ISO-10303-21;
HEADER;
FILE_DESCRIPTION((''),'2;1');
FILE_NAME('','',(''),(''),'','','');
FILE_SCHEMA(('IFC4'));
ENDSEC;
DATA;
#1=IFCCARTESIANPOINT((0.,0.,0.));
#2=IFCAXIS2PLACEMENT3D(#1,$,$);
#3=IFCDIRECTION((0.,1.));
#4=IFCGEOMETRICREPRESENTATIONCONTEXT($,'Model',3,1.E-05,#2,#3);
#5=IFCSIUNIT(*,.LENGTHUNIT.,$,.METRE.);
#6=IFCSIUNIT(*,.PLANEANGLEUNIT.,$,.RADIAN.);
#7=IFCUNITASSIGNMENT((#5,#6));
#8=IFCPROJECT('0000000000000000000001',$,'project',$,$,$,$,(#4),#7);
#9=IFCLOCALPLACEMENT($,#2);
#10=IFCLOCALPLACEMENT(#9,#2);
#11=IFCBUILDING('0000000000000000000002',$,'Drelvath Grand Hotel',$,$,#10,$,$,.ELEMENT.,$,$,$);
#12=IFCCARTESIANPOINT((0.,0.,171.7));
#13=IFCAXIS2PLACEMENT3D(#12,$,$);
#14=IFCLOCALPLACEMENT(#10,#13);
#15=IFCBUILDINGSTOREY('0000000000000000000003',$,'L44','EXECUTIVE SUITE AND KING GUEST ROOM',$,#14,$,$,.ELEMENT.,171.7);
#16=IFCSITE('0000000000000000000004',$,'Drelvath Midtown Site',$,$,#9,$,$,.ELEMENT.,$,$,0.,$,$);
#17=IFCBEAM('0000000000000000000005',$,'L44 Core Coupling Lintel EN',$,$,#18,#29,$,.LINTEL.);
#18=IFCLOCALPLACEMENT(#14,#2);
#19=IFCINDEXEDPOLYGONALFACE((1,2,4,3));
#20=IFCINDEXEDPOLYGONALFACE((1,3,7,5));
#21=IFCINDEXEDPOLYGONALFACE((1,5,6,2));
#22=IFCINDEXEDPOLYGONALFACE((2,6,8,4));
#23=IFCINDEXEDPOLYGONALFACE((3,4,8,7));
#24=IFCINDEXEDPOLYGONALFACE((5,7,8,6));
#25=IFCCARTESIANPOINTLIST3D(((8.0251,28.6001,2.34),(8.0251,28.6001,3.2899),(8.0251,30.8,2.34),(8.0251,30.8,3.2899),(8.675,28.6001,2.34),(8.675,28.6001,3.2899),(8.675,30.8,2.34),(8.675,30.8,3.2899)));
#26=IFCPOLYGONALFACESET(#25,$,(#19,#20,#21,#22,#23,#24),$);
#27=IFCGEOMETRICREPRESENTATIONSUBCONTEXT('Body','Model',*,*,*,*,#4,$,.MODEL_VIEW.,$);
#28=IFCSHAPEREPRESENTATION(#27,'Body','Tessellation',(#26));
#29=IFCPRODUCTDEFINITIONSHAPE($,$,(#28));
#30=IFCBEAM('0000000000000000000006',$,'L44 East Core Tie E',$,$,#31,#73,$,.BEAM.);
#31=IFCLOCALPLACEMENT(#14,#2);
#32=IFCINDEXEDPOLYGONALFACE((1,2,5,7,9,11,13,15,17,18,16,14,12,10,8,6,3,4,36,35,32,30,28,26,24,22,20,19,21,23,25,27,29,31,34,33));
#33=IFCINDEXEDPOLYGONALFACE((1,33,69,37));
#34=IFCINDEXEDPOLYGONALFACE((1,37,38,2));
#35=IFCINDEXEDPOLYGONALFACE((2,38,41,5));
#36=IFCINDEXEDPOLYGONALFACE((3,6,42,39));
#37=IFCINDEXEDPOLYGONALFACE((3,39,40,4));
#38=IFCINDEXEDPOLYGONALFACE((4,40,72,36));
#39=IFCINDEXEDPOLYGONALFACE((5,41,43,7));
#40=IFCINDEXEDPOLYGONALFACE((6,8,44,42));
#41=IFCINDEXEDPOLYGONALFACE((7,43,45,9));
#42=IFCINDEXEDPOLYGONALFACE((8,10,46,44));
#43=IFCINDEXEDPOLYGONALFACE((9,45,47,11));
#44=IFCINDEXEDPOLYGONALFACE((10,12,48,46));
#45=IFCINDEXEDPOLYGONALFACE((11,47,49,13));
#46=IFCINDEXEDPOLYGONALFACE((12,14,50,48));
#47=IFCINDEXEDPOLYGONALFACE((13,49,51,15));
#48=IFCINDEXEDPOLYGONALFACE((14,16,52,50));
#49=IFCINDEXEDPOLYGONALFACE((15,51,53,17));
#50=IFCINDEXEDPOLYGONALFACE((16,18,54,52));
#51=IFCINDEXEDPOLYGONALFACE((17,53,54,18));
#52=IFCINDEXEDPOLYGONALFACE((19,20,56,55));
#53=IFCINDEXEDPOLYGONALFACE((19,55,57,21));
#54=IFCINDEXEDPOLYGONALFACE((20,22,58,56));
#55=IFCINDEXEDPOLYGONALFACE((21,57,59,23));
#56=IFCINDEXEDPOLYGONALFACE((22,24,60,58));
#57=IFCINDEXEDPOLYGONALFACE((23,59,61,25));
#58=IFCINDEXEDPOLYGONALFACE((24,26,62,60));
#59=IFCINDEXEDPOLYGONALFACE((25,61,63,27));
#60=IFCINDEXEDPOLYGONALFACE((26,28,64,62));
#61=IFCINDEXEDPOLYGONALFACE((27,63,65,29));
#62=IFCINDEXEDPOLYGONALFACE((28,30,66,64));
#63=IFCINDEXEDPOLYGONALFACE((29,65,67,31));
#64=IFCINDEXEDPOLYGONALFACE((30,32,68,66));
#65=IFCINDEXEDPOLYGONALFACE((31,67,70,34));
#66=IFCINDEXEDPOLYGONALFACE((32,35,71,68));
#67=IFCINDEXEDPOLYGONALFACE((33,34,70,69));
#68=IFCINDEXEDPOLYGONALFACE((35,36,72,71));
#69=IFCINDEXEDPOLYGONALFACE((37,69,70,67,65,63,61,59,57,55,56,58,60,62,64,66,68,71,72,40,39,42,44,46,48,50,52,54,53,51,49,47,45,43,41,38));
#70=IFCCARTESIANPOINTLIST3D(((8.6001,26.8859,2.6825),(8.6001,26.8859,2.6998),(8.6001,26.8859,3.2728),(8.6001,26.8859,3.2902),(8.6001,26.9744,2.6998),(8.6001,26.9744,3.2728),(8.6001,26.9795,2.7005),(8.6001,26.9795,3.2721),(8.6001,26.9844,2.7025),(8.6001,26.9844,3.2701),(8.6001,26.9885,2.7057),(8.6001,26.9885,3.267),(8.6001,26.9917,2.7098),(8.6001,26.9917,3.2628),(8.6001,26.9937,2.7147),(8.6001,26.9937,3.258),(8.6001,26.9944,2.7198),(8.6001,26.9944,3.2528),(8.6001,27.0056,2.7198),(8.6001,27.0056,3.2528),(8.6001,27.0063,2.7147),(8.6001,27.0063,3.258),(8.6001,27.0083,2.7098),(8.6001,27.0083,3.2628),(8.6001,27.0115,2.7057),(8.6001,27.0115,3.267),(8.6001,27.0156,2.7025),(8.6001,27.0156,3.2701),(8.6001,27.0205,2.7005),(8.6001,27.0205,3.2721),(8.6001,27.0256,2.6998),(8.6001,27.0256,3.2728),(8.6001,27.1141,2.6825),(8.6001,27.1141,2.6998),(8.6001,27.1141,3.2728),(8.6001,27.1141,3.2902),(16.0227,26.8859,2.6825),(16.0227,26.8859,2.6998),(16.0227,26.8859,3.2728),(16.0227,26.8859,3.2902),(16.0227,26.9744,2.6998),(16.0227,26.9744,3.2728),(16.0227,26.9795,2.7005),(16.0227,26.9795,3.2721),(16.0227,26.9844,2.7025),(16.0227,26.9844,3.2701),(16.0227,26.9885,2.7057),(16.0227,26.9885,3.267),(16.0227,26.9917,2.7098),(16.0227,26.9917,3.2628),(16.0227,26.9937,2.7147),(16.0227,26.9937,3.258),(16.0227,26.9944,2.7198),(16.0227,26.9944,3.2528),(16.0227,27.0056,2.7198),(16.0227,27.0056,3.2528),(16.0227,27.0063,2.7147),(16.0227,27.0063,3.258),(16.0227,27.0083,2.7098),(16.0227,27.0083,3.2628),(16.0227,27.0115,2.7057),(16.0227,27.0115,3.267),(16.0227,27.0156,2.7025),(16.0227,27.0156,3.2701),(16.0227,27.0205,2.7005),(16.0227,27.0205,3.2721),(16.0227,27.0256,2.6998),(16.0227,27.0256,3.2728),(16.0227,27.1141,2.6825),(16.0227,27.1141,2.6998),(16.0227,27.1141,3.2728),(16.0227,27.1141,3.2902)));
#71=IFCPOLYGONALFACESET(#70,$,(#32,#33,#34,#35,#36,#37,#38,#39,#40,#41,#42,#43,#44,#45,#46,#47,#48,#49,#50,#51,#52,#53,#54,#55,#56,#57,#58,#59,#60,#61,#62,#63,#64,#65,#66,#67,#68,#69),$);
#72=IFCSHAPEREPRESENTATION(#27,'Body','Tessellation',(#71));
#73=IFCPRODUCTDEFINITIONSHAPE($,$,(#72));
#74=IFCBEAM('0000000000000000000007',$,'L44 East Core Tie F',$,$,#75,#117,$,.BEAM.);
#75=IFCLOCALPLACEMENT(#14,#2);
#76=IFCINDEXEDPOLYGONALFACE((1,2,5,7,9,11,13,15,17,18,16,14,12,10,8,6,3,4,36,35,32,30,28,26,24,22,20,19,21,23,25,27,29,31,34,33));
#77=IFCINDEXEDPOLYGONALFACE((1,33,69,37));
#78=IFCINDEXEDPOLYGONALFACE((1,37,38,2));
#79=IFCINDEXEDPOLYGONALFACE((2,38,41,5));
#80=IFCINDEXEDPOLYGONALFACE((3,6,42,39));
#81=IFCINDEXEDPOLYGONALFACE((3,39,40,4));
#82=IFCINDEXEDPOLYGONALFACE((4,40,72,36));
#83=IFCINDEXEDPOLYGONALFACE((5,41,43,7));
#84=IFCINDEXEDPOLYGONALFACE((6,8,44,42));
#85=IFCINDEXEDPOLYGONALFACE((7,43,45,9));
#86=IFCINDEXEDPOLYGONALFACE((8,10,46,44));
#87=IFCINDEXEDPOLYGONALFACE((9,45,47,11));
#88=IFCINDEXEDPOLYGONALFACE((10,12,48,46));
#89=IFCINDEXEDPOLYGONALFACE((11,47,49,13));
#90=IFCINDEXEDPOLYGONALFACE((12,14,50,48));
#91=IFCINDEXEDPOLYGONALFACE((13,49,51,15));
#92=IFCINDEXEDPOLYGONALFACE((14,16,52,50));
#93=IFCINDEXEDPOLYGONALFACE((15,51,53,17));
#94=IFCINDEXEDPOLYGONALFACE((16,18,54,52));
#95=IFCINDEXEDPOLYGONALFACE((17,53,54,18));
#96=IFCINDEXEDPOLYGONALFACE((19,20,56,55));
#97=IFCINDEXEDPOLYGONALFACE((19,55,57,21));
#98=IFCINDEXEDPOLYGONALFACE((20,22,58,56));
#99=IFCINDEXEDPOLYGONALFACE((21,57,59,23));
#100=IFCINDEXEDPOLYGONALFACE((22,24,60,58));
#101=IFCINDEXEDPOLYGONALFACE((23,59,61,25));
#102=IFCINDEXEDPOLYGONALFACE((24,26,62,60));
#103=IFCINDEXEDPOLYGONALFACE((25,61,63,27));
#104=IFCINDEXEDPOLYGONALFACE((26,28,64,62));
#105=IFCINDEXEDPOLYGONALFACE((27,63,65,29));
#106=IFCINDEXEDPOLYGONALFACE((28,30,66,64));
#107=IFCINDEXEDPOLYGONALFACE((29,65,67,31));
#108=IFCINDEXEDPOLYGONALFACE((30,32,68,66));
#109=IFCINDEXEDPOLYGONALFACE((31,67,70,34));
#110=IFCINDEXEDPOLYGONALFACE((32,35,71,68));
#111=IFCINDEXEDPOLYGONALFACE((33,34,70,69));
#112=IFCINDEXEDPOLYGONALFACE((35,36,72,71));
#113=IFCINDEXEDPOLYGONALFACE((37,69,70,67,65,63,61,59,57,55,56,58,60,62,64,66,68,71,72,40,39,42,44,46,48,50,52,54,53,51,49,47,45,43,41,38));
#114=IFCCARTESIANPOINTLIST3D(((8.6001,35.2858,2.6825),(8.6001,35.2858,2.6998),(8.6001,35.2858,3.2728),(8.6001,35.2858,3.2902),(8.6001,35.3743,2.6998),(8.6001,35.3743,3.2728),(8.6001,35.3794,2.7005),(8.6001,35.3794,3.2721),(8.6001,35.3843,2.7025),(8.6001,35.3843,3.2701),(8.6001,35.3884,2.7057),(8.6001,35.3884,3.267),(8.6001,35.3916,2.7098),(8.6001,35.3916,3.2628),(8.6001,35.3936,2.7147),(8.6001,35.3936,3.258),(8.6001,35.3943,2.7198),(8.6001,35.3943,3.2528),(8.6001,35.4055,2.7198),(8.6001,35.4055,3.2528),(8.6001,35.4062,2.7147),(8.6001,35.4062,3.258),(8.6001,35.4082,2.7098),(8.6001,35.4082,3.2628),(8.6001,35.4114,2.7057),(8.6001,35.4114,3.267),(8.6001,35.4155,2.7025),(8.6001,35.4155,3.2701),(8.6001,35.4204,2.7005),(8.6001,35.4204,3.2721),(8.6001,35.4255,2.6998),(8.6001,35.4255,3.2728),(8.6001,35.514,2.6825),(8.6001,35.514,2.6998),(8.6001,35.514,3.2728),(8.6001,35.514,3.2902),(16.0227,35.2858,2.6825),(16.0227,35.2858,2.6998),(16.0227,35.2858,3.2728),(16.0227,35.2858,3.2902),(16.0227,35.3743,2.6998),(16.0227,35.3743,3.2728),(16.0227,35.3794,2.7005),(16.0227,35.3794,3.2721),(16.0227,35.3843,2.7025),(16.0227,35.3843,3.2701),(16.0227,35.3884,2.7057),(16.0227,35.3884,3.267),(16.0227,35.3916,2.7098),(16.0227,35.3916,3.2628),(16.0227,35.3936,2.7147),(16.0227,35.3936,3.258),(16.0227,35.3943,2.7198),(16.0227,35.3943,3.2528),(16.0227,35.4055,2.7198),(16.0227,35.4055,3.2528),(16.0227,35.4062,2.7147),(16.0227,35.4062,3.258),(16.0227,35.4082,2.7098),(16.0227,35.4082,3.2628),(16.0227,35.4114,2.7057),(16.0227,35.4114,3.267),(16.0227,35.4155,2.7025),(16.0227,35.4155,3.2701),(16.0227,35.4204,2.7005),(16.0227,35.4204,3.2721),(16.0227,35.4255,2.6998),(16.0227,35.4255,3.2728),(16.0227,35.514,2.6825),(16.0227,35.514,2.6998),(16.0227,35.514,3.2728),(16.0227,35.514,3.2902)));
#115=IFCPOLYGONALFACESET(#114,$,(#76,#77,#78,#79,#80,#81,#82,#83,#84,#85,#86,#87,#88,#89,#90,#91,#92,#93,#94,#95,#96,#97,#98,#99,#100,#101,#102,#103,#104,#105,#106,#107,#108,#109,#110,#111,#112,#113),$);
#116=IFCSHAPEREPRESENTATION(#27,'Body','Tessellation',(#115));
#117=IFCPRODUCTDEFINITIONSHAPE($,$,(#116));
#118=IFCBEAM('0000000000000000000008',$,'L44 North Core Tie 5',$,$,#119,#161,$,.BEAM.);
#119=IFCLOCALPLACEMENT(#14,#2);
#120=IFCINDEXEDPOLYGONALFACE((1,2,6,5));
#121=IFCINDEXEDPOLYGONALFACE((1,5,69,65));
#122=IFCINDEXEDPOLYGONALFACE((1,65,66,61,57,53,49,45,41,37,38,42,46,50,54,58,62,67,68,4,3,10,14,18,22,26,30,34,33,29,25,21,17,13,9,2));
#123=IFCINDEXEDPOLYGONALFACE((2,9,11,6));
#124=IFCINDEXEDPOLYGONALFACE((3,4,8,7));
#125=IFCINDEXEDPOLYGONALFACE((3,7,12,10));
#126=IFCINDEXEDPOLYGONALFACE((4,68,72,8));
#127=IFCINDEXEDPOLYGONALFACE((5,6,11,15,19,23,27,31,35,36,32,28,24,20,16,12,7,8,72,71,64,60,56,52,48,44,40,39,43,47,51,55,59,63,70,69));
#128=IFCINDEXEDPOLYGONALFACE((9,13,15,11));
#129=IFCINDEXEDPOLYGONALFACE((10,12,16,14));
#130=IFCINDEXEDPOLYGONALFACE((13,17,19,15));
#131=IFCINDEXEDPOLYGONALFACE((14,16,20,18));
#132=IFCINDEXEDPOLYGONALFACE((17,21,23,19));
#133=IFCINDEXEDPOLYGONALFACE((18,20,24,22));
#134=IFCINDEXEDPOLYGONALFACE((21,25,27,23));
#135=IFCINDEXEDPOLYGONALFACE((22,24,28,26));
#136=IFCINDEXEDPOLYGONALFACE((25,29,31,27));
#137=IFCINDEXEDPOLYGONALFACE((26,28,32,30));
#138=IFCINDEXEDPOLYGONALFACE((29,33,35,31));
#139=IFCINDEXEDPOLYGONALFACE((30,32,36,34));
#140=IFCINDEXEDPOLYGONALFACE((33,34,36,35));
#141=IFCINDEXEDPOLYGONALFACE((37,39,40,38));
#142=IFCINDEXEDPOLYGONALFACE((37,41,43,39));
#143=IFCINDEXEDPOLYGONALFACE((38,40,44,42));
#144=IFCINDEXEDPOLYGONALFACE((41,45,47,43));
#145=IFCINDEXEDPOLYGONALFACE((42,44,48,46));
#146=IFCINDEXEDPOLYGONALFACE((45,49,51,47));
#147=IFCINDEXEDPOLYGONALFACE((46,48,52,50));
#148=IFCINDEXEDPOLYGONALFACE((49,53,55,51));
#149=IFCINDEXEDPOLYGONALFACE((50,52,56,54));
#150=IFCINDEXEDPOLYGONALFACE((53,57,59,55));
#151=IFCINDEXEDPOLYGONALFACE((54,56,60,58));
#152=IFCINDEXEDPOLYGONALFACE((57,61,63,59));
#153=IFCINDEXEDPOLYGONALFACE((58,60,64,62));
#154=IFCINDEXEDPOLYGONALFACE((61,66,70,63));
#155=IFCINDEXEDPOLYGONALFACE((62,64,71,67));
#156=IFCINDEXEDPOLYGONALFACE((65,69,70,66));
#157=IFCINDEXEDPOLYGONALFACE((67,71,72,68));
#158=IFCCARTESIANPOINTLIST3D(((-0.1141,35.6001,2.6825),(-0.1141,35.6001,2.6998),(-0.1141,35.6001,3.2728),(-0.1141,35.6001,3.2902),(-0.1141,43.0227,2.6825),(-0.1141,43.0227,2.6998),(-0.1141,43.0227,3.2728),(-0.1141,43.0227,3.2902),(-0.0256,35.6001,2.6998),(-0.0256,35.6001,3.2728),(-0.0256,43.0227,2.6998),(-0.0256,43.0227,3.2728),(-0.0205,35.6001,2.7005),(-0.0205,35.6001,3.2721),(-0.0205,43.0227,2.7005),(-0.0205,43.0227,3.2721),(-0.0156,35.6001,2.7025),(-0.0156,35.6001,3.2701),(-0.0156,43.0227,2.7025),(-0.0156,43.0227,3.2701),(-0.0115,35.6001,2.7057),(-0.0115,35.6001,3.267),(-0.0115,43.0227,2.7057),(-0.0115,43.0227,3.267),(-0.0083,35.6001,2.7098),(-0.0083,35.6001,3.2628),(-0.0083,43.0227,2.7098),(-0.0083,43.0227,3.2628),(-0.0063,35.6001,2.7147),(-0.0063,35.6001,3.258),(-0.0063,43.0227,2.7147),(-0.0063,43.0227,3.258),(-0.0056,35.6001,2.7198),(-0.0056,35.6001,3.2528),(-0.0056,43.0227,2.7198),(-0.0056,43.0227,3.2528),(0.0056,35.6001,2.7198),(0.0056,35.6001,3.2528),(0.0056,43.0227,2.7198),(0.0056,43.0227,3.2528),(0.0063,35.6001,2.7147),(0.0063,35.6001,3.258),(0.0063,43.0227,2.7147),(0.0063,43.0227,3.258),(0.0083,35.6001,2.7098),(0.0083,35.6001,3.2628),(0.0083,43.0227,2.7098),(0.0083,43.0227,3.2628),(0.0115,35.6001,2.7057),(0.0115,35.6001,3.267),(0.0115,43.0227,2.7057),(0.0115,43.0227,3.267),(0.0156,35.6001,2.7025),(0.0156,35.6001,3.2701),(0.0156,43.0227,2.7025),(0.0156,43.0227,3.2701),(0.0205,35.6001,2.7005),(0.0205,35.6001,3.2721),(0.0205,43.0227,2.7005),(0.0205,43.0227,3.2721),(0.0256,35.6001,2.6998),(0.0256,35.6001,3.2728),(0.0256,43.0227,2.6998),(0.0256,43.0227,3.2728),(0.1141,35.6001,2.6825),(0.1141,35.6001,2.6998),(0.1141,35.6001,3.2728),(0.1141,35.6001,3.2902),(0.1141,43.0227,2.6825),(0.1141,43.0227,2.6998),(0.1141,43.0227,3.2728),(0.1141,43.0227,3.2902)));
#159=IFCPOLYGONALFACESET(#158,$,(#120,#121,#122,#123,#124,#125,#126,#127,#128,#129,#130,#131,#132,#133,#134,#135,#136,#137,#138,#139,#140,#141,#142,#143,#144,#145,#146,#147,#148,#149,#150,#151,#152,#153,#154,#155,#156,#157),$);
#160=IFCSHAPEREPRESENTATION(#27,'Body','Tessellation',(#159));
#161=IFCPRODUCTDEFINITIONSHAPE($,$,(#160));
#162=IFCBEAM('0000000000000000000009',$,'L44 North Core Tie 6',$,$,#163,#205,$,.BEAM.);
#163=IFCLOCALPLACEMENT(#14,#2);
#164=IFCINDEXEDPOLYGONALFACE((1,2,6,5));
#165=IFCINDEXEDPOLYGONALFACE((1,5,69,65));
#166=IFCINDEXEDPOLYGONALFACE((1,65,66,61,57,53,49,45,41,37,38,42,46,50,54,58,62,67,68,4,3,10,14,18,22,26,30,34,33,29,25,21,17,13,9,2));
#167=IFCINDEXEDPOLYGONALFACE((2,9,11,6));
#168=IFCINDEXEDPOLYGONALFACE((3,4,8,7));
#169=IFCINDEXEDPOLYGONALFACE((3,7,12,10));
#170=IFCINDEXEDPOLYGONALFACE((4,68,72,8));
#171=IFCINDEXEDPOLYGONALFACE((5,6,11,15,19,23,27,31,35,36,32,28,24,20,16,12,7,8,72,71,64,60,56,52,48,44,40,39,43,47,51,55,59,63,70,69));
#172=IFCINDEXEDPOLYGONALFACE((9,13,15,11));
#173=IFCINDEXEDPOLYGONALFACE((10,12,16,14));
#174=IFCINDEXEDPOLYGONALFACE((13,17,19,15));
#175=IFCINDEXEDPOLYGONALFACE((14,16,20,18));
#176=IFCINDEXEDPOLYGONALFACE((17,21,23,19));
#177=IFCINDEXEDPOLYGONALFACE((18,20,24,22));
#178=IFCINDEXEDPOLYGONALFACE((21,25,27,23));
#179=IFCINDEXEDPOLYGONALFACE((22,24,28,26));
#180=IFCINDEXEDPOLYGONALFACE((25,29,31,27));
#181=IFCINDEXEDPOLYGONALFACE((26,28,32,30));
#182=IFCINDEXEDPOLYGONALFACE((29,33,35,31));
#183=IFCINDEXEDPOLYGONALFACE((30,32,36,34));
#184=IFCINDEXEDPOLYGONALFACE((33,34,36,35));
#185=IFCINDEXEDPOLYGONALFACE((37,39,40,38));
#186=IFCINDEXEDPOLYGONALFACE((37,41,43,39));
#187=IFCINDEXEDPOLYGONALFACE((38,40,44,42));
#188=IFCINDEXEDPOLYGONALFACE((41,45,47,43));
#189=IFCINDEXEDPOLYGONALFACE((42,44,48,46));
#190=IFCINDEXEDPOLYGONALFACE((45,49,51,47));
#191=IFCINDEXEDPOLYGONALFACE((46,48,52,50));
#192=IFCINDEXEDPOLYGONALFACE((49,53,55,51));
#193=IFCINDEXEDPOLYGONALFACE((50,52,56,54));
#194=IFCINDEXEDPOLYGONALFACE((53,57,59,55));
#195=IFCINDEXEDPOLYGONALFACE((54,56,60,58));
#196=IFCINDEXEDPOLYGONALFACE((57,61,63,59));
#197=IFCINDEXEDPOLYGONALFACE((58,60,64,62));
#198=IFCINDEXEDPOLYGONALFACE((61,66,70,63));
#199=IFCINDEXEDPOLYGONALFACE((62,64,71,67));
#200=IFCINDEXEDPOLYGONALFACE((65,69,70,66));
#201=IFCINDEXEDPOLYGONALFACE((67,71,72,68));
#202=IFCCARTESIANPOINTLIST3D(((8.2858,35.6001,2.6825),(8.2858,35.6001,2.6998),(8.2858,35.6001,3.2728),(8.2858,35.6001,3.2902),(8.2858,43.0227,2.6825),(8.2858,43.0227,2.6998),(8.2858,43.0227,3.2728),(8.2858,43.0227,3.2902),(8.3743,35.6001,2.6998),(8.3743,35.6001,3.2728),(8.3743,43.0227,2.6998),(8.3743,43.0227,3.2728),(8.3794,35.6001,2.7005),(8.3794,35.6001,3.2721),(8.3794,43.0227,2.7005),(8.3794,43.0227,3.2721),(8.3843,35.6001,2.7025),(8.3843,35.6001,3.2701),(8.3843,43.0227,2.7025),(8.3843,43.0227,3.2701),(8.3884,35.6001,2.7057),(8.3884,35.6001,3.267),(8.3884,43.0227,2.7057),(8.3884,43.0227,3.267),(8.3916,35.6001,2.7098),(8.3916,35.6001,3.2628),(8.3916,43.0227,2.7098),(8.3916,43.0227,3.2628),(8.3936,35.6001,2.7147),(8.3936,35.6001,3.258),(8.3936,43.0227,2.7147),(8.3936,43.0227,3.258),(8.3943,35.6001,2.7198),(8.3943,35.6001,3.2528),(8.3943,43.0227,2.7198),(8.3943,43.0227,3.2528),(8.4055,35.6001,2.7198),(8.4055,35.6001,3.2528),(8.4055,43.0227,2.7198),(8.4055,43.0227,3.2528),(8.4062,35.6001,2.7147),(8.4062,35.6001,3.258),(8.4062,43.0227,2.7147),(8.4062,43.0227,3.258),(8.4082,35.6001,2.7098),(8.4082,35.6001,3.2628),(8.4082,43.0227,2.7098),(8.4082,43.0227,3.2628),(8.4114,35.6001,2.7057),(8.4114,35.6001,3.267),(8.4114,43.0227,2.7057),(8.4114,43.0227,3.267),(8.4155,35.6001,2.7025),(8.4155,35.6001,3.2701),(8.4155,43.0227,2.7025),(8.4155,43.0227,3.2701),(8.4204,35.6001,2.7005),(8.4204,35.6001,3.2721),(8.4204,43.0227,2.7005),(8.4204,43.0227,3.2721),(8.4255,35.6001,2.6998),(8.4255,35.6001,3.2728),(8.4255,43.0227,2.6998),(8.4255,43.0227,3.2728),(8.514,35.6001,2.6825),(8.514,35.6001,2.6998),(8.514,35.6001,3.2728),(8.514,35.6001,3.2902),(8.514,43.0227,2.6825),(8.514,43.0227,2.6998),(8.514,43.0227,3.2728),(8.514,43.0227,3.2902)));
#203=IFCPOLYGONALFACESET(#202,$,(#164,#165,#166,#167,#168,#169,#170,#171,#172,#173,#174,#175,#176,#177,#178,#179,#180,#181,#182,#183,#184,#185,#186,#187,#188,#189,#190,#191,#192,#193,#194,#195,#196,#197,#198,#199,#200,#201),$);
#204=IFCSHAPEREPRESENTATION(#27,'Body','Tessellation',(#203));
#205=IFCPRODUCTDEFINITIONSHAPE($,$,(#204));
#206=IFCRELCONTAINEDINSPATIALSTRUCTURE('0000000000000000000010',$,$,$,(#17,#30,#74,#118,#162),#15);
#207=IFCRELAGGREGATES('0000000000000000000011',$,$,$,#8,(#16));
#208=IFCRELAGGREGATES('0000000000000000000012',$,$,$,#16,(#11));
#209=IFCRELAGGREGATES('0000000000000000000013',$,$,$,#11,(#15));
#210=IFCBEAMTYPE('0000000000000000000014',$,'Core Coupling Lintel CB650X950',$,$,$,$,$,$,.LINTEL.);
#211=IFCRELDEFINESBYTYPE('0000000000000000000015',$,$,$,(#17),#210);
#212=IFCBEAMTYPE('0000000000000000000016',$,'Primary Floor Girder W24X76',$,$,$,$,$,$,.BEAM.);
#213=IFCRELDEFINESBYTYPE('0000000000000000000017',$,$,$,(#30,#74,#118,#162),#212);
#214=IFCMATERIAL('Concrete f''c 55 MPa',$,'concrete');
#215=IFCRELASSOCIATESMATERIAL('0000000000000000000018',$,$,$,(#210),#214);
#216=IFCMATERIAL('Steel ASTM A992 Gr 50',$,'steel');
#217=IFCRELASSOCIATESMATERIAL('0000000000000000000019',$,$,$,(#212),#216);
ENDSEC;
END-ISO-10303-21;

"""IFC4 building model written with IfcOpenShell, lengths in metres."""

from ifc_helpers import new_model, si_unit, direction, frame, origin, origin_2d, place, context, subcontext, project, spatial, rectangle, i_section, extrude, material, material_profile, profile_set, type_object, element, save


model = new_model("IFC4")

# Units and contexts
model_context = context("Model", 3, precision=1e-05, world=origin(), true_north=direction((0.0, 1.0)))
body_context = subcontext(model_context, "Body", "Model", "MODEL_VIEW")
ifc_project = project(units=[si_unit("LENGTHUNIT", "METRE"), si_unit("PLANEANGLEUNIT", "RADIAN")], contexts=[model_context])

# Site, building, storey
site_placement = place(None, origin())
site = spatial("IfcSite", under=ifc_project, at=site_placement, Name="Drelvath Midtown Site", CompositionType="ELEMENT", RefElevation=0.0)
building_placement = place(site_placement, origin())
building = spatial("IfcBuilding", under=site, at=building_placement, Name="Drelvath Grand Hotel", CompositionType="ELEMENT")
storey_placement = place(building_placement, frame((0.0, 0.0, 171.7)))
storey = spatial("IfcBuildingStorey", under=building, at=storey_placement, Name="L44", Description="EXECUTIVE SUITE AND KING GUEST ROOM", CompositionType="ELEMENT", Elevation=171.7)

# Beams
ifc_material_1 = material(Name="Concrete f'c 55 MPa", Category="concrete")
ifc_material_profile_1 = material_profile(ifc_material_1, rectangle(XDim=0.6499, YDim=0.95, at=origin_2d()), Name="CB650X950")
ifc_profile_set_1 = profile_set([ifc_material_profile_1], Name="Concrete f'c 55 MPa")
beam_type_1 = type_object("IfcBeamType", Name="Core Coupling Lintel CB650X950", PredefinedType="LINTEL", material=ifc_profile_set_1)
beam_placement = place(storey_placement, frame((8.3501, 28.6001, 2.8149), z_axis=(0.0, 1.0, 0.0), x_axis=(-1.0, 0.0, 0.0)))
element("IfcBeam", 1, at=beam_placement, inside=storey, type_object=beam_type_1, Name="L44 Core Coupling Lintel EN", PredefinedType="LINTEL", context=body_context, shape_type="SweptSolid", body=[
    extrude(rectangle(XDim=0.6499, YDim=0.95, at=origin_2d()), origin(), (0.0, 0.0, 1.0), 2.2),
])
ifc_material_2 = material(Name="Steel ASTM A992 Gr 50", Category="steel")
ifc_material_profile_2 = material_profile(ifc_material_2, i_section(OverallWidth=0.2283, OverallDepth=0.6077, WebThickness=0.0112, FlangeThickness=0.0173, FilletRadius=0.02, at=origin_2d()), Name="W24X76")
ifc_profile_set_2 = profile_set([ifc_material_profile_2], Name="Steel ASTM A992 Gr 50")
beam_type_2 = type_object("IfcBeamType", Name="Primary Floor Girder W24X76", PredefinedType="BEAM", material=ifc_profile_set_2)
for number, where, z_axis, x_axis, name in (
    (2, (8.6001, 27.0, 2.9863), (1.0, 0.0, 0.0), (0.0, 1.0, 0.0), "L44 East Core Tie E"),
    (3, (8.6001, 35.3999, 2.9863), (1.0, 0.0, 0.0), (0.0, 1.0, 0.0), "L44 East Core Tie F"),
    (4, (0.0, 35.6001, 2.9863), (0.0, 1.0, 0.0), (-1.0, 0.0, 0.0), "L44 North Core Tie 5"),
    (5, (8.3999, 35.6001, 2.9863), (0.0, 1.0, 0.0), (-1.0, 0.0, 0.0), "L44 North Core Tie 6"),
):
    element("IfcBeam", number, at=place(storey_placement, frame(where, z_axis=z_axis, x_axis=x_axis)), inside=storey, type_object=beam_type_2, Name=name, PredefinedType="BEAM", context=body_context, shape_type="SweptSolid", body=[
        extrude(i_section(OverallWidth=0.2283, OverallDepth=0.6077, WebThickness=0.0112, FlangeThickness=0.0173, FilletRadius=0.02, at=origin_2d()), origin(), (0.0, 0.0, 1.0), 7.4226),
    ])

save(model, "model.ifc")
